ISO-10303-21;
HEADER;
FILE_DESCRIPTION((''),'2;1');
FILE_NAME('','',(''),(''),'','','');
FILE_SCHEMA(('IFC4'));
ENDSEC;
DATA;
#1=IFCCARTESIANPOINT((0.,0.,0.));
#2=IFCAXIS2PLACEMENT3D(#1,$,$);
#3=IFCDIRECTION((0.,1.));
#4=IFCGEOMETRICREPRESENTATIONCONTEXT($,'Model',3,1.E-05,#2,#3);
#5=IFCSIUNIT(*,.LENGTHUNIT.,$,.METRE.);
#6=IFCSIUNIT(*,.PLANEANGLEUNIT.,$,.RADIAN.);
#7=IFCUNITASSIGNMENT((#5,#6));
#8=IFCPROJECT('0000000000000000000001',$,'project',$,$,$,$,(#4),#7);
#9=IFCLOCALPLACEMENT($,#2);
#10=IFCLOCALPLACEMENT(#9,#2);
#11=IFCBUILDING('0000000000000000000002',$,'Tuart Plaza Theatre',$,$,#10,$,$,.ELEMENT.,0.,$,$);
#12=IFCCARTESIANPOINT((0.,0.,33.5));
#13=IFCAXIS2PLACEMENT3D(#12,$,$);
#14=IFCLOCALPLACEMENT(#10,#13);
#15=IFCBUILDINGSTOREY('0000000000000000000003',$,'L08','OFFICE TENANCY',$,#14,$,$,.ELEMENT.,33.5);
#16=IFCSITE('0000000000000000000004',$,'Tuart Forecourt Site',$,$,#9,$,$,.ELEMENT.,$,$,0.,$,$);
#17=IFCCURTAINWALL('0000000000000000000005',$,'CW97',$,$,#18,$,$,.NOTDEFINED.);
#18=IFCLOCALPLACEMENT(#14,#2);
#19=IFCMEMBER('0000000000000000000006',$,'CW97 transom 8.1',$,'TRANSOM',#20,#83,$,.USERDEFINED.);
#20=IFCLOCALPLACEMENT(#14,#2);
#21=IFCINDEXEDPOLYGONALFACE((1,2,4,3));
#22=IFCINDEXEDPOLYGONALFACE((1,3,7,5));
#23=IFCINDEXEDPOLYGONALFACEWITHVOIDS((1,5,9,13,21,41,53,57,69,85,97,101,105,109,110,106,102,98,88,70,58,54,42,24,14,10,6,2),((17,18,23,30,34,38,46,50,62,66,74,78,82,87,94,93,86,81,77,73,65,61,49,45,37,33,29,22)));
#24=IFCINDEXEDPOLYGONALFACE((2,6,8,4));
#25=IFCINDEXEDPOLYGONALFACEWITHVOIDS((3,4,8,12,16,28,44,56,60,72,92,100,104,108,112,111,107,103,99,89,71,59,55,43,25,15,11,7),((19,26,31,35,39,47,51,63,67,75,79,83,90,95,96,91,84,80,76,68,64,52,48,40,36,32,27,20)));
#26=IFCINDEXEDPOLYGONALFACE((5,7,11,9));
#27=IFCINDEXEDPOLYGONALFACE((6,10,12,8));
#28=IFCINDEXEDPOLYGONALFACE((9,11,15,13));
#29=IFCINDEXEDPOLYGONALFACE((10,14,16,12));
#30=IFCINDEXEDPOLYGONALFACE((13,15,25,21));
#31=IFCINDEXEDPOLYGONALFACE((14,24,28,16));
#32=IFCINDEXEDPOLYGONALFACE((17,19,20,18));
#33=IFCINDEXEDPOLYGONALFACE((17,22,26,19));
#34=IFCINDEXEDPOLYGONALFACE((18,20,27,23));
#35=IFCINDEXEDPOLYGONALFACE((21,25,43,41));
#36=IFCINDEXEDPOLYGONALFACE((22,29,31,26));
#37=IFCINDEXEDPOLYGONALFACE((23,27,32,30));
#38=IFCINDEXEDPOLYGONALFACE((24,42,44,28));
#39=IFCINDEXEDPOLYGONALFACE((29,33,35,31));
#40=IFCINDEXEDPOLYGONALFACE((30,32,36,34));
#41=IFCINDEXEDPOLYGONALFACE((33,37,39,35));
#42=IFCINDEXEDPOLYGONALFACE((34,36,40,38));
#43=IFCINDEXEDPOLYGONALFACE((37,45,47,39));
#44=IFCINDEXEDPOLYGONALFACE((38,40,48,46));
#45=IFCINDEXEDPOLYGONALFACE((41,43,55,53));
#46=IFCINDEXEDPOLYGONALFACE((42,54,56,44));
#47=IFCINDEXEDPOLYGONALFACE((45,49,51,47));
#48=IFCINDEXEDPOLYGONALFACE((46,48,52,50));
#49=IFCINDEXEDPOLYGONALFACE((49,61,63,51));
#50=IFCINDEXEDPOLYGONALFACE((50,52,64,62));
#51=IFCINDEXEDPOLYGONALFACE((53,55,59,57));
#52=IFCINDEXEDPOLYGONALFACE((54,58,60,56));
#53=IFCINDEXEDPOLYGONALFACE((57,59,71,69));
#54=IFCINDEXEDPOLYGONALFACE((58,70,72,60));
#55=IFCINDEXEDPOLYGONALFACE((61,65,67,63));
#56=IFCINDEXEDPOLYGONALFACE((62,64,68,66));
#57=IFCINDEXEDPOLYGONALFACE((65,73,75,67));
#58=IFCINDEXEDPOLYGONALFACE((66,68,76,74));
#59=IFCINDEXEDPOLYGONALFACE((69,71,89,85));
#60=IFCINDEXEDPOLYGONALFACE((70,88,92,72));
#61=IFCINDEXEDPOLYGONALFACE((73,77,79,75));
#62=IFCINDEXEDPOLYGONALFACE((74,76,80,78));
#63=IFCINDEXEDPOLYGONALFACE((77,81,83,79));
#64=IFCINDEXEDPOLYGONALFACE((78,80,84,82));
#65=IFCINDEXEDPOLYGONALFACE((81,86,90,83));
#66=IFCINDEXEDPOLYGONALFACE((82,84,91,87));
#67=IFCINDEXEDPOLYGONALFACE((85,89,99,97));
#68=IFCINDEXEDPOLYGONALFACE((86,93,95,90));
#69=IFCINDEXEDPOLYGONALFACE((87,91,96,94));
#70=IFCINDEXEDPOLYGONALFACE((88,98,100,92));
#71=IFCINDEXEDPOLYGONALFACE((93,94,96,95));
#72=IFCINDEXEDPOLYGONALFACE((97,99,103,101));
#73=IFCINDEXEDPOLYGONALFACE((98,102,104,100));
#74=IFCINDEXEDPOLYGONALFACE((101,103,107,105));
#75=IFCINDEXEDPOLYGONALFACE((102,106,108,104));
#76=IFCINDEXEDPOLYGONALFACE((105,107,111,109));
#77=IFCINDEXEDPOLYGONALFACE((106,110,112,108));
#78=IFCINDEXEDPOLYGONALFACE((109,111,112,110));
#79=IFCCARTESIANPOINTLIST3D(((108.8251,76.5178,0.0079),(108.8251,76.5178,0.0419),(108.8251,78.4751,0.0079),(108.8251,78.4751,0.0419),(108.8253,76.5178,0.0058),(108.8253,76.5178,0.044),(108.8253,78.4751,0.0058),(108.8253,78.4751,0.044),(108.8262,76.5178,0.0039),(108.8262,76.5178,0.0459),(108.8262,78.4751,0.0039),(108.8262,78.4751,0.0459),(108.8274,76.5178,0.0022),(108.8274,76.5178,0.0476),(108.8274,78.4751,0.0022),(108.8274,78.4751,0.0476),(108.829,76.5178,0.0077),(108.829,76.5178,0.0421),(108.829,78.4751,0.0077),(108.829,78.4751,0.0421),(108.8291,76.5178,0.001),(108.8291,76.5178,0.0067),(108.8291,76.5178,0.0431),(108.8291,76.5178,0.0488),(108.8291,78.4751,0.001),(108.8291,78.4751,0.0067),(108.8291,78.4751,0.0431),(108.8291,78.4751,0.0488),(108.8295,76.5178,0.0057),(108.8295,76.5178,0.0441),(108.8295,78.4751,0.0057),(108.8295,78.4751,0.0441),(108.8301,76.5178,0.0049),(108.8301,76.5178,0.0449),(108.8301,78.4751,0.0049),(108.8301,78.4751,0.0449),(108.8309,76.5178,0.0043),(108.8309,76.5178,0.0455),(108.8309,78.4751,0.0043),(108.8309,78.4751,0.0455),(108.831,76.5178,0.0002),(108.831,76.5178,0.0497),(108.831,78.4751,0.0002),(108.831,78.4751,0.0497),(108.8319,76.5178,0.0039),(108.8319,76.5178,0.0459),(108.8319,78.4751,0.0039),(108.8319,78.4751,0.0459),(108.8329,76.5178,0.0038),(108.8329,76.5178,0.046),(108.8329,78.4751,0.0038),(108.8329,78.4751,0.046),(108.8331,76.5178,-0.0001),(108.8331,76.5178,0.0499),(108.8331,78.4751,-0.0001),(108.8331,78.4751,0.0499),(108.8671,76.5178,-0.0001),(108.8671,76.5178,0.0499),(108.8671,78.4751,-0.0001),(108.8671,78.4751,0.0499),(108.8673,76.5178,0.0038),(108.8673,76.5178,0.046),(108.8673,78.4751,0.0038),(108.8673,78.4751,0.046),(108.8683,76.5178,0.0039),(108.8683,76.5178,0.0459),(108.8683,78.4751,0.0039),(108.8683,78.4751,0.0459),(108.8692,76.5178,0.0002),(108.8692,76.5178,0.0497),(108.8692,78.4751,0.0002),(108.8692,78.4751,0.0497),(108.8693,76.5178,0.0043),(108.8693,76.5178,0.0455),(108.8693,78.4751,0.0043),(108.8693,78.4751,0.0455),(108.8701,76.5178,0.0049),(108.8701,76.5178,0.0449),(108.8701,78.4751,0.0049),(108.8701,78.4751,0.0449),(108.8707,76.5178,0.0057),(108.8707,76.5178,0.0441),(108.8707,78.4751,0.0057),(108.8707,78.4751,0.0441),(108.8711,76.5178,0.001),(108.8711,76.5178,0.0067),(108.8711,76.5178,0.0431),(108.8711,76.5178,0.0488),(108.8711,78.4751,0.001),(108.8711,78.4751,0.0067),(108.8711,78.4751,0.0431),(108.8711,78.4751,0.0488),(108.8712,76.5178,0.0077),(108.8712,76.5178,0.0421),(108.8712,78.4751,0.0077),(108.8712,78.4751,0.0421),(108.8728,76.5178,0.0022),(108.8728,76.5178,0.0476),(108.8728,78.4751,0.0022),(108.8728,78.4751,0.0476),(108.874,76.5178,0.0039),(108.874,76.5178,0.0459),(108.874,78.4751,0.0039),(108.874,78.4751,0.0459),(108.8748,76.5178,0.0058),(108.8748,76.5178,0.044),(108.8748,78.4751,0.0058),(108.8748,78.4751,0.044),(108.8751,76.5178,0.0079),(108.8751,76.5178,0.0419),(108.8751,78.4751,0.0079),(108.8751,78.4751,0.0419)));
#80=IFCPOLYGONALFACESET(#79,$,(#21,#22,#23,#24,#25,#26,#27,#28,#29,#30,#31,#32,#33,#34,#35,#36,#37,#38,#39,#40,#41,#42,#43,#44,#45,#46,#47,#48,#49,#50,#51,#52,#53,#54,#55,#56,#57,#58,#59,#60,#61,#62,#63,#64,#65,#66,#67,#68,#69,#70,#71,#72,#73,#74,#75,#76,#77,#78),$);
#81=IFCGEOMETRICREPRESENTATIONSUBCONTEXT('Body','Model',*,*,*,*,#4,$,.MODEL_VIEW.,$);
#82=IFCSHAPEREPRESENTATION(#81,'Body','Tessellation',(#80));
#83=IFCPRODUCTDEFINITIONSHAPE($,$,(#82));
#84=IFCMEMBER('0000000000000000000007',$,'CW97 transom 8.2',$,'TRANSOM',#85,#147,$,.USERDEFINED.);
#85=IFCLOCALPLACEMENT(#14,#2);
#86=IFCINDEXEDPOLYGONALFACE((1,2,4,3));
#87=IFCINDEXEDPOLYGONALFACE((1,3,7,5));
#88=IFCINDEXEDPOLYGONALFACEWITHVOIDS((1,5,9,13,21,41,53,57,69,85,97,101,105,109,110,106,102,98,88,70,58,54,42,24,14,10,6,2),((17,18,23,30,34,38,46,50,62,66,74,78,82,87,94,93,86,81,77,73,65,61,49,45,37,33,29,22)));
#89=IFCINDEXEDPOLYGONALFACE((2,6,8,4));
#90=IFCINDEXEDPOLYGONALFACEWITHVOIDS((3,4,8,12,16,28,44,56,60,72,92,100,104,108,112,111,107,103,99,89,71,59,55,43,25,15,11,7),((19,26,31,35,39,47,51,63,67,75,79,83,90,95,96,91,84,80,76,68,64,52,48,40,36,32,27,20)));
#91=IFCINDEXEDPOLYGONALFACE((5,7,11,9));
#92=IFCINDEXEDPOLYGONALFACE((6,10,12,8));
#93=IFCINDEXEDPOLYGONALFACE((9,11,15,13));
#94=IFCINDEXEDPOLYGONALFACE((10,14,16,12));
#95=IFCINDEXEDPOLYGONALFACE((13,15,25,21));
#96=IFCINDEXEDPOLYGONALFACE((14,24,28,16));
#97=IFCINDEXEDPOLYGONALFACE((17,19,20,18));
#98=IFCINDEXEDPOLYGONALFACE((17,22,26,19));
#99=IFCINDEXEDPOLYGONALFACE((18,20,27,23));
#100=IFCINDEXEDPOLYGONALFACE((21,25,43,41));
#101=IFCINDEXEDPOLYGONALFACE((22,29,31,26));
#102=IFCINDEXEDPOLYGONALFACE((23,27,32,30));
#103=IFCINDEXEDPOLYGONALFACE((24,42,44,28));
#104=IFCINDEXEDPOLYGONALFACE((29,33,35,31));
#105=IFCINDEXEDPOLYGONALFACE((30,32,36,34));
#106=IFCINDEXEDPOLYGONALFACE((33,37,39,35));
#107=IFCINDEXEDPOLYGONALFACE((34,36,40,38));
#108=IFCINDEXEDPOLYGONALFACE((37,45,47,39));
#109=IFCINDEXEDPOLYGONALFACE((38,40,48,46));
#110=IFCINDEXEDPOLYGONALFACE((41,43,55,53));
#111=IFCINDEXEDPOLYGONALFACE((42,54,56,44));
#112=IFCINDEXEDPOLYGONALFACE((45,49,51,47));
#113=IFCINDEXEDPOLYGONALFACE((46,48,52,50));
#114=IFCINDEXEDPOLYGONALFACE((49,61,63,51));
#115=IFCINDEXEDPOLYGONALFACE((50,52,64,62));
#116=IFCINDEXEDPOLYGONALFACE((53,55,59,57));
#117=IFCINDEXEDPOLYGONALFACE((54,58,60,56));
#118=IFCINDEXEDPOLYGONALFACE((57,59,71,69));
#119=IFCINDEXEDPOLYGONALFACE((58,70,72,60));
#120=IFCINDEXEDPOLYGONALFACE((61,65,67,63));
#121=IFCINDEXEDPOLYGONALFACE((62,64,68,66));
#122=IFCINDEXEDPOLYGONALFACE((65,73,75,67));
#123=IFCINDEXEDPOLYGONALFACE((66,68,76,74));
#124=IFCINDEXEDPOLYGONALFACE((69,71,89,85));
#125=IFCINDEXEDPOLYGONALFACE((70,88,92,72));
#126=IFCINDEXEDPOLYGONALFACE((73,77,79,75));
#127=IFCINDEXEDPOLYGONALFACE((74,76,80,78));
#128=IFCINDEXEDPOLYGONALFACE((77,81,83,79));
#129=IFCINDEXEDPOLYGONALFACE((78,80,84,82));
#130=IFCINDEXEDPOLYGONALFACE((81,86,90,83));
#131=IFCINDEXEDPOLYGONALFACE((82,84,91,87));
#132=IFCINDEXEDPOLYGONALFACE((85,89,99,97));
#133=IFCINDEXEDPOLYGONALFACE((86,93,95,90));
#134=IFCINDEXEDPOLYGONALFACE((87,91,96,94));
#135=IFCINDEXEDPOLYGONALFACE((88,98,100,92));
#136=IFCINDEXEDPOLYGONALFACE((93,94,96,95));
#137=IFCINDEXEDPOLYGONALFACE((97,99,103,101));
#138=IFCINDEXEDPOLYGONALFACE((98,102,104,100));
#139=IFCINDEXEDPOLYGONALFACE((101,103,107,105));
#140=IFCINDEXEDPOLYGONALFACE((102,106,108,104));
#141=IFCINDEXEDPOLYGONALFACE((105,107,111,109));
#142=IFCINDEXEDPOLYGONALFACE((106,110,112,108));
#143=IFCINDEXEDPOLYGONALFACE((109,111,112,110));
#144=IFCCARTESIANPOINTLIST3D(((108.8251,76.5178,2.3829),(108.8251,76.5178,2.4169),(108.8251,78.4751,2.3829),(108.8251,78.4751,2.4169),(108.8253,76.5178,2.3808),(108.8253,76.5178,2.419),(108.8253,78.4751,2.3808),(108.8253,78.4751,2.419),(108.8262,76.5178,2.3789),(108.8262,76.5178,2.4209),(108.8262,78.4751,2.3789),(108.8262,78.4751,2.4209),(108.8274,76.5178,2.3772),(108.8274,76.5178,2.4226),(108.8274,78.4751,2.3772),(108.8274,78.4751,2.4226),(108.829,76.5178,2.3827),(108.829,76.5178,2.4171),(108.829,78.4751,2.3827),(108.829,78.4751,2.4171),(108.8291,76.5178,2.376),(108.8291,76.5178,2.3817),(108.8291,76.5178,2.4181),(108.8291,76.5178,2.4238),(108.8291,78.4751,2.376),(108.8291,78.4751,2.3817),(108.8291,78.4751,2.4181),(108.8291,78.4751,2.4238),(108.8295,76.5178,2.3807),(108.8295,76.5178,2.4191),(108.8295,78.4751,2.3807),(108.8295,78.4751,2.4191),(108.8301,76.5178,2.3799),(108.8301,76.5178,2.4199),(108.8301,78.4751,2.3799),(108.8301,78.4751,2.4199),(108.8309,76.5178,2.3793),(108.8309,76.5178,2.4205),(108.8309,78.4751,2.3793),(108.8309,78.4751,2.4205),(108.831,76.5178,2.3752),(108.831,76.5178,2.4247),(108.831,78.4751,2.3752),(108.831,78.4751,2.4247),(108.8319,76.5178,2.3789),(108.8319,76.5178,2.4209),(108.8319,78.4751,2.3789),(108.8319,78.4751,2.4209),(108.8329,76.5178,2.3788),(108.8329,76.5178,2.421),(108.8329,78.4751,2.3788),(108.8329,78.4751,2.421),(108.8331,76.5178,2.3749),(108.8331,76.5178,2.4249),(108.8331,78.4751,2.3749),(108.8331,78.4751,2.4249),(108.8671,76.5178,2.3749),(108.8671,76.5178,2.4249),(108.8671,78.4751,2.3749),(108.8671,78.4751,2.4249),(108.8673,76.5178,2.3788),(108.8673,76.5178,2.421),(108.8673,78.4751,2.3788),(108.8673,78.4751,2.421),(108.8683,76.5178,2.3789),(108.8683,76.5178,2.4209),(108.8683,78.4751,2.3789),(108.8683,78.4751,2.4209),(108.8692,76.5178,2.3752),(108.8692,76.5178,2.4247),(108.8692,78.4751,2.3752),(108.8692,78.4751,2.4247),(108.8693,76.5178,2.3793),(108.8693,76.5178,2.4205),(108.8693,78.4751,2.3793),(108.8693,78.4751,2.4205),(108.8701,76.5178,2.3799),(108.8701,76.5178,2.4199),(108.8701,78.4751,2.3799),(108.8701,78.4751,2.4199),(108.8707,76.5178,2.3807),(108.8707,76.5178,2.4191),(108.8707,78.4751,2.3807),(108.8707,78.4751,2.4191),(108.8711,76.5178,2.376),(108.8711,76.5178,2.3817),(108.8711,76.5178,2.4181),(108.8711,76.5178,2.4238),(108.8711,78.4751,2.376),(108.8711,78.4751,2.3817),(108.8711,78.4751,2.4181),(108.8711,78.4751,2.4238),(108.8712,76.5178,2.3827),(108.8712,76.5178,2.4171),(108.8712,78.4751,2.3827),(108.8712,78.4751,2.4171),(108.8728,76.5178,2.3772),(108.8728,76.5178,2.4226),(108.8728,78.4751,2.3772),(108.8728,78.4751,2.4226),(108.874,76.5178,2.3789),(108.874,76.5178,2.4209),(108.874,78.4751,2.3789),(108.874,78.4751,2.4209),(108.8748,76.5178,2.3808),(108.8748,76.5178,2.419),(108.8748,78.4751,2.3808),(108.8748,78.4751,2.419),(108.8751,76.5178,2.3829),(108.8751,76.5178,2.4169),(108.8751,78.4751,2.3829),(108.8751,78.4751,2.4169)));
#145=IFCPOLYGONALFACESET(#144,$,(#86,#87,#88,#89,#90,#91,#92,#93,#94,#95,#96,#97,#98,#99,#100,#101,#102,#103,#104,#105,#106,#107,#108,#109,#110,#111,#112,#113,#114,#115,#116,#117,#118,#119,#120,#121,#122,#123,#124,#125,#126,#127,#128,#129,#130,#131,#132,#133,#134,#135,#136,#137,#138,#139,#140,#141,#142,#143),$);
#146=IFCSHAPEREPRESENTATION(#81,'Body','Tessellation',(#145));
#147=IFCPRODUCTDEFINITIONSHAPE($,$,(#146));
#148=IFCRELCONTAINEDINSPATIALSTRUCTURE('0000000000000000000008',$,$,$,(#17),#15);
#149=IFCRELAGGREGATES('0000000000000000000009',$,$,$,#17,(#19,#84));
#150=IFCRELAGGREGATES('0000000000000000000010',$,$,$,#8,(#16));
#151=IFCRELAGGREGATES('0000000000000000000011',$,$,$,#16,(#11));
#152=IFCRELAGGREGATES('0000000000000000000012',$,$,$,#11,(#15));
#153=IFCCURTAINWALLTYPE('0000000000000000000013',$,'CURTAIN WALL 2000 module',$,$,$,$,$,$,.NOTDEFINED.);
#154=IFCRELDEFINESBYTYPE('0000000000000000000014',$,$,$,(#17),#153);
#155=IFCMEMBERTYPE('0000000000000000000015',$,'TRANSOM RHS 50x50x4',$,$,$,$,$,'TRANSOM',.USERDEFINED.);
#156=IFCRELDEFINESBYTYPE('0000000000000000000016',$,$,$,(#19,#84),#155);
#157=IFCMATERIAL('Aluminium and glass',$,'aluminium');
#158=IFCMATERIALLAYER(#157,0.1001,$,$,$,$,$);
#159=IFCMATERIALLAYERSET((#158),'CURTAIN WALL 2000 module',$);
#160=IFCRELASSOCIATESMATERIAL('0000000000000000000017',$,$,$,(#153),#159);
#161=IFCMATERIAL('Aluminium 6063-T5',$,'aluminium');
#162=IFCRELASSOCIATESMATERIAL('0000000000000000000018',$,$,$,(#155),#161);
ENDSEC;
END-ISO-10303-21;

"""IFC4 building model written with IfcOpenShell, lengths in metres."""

from ifc_helpers import new_model, si_unit, direction, frame, origin, origin_2d, place, context, subcontext, project, spatial, hollow_rectangle, extrude, material, layer, layer_set, material_profile, profile_set, type_object, element, aggregate, save


model = new_model("IFC4")

# Units and contexts
model_context = context("Model", 3, precision=1e-05, world=origin(), true_north=direction((0.0, 1.0)))
body_context = subcontext(model_context, "Body", "Model", "MODEL_VIEW")
ifc_project = project(units=[si_unit("LENGTHUNIT", "METRE"), si_unit("PLANEANGLEUNIT", "RADIAN")], contexts=[model_context])

# Site, building, storey
site_placement = place(None, origin())
site = spatial("IfcSite", under=ifc_project, at=site_placement, Name="Tuart Forecourt Site", CompositionType="ELEMENT", RefElevation=0.0)
building_placement = place(site_placement, origin())
building = spatial("IfcBuilding", under=site, at=building_placement, Name="Tuart Plaza Theatre", CompositionType="ELEMENT", ElevationOfRefHeight=0.0)
storey_placement = place(building_placement, frame((0.0, 0.0, 33.5)))
storey = spatial("IfcBuildingStorey", under=building, at=storey_placement, Name="L08", Description="OFFICE TENANCY", CompositionType="ELEMENT", Elevation=33.5)

# Curtain wall, members
ifc_material_1 = material(Name="Aluminium and glass", Category="aluminium")
ifc_layer_1 = layer(ifc_material_1, 0.1001)
ifc_layer_set_1 = layer_set([ifc_layer_1], Name="CURTAIN WALL 2000 module")
curtain_wall_type = type_object("IfcCurtainWallType", Name="CURTAIN WALL 2000 module", PredefinedType="NOTDEFINED", material=ifc_layer_set_1)
curtain_wall_placement = place(storey_placement, origin())
curtain_wall = element("IfcCurtainWall", 1, at=curtain_wall_placement, inside=storey, type_object=curtain_wall_type, Name="CW97", PredefinedType="NOTDEFINED")
ifc_material_2 = material(Name="Aluminium 6063-T5", Category="aluminium")
ifc_material_profile_1 = material_profile(ifc_material_2, hollow_rectangle(XDim=0.05, YDim=0.05, WallThickness=0.0039, InnerFilletRadius=0.0039, OuterFilletRadius=0.0081, at=origin_2d()), Name="RHS 50x50x4")
ifc_profile_set_1 = profile_set([ifc_material_profile_1], Name="Aluminium 6063-T5")
member_type = type_object("IfcMemberType", Name="TRANSOM RHS 50x50x4", ElementType="TRANSOM", PredefinedType="USERDEFINED", material=ifc_profile_set_1)
member_1_placement = place(storey_placement, frame((108.8501, 78.4751, 0.0249), z_axis=(0.0, -1.0, 0.0), x_axis=(1.0, 0.0, 0.0)))
member_1 = element("IfcMember", 2, at=member_1_placement, type_object=member_type, Name="CW97 transom 8.1", ObjectType="TRANSOM", PredefinedType="USERDEFINED", context=body_context, shape_type="SweptSolid", body=[
    extrude(hollow_rectangle(XDim=0.05, YDim=0.05, WallThickness=0.0039, InnerFilletRadius=0.0039, OuterFilletRadius=0.0081, at=origin_2d()), origin(), (0.0, 0.0, 1.0), 1.9573),
])
member_2_placement = place(storey_placement, frame((108.8501, 78.4751, 2.3999), z_axis=(0.0, -1.0, 0.0), x_axis=(1.0, 0.0, 0.0)))
member_2 = element("IfcMember", 3, at=member_2_placement, type_object=member_type, Name="CW97 transom 8.2", ObjectType="TRANSOM", PredefinedType="USERDEFINED", context=body_context, shape_type="SweptSolid", body=[
    extrude(hollow_rectangle(XDim=0.05, YDim=0.05, WallThickness=0.0039, InnerFilletRadius=0.0039, OuterFilletRadius=0.0081, at=origin_2d()), origin(), (0.0, 0.0, 1.0), 1.9573),
])
aggregate(curtain_wall, [member_1, member_2])

save(model, "model.ifc")
